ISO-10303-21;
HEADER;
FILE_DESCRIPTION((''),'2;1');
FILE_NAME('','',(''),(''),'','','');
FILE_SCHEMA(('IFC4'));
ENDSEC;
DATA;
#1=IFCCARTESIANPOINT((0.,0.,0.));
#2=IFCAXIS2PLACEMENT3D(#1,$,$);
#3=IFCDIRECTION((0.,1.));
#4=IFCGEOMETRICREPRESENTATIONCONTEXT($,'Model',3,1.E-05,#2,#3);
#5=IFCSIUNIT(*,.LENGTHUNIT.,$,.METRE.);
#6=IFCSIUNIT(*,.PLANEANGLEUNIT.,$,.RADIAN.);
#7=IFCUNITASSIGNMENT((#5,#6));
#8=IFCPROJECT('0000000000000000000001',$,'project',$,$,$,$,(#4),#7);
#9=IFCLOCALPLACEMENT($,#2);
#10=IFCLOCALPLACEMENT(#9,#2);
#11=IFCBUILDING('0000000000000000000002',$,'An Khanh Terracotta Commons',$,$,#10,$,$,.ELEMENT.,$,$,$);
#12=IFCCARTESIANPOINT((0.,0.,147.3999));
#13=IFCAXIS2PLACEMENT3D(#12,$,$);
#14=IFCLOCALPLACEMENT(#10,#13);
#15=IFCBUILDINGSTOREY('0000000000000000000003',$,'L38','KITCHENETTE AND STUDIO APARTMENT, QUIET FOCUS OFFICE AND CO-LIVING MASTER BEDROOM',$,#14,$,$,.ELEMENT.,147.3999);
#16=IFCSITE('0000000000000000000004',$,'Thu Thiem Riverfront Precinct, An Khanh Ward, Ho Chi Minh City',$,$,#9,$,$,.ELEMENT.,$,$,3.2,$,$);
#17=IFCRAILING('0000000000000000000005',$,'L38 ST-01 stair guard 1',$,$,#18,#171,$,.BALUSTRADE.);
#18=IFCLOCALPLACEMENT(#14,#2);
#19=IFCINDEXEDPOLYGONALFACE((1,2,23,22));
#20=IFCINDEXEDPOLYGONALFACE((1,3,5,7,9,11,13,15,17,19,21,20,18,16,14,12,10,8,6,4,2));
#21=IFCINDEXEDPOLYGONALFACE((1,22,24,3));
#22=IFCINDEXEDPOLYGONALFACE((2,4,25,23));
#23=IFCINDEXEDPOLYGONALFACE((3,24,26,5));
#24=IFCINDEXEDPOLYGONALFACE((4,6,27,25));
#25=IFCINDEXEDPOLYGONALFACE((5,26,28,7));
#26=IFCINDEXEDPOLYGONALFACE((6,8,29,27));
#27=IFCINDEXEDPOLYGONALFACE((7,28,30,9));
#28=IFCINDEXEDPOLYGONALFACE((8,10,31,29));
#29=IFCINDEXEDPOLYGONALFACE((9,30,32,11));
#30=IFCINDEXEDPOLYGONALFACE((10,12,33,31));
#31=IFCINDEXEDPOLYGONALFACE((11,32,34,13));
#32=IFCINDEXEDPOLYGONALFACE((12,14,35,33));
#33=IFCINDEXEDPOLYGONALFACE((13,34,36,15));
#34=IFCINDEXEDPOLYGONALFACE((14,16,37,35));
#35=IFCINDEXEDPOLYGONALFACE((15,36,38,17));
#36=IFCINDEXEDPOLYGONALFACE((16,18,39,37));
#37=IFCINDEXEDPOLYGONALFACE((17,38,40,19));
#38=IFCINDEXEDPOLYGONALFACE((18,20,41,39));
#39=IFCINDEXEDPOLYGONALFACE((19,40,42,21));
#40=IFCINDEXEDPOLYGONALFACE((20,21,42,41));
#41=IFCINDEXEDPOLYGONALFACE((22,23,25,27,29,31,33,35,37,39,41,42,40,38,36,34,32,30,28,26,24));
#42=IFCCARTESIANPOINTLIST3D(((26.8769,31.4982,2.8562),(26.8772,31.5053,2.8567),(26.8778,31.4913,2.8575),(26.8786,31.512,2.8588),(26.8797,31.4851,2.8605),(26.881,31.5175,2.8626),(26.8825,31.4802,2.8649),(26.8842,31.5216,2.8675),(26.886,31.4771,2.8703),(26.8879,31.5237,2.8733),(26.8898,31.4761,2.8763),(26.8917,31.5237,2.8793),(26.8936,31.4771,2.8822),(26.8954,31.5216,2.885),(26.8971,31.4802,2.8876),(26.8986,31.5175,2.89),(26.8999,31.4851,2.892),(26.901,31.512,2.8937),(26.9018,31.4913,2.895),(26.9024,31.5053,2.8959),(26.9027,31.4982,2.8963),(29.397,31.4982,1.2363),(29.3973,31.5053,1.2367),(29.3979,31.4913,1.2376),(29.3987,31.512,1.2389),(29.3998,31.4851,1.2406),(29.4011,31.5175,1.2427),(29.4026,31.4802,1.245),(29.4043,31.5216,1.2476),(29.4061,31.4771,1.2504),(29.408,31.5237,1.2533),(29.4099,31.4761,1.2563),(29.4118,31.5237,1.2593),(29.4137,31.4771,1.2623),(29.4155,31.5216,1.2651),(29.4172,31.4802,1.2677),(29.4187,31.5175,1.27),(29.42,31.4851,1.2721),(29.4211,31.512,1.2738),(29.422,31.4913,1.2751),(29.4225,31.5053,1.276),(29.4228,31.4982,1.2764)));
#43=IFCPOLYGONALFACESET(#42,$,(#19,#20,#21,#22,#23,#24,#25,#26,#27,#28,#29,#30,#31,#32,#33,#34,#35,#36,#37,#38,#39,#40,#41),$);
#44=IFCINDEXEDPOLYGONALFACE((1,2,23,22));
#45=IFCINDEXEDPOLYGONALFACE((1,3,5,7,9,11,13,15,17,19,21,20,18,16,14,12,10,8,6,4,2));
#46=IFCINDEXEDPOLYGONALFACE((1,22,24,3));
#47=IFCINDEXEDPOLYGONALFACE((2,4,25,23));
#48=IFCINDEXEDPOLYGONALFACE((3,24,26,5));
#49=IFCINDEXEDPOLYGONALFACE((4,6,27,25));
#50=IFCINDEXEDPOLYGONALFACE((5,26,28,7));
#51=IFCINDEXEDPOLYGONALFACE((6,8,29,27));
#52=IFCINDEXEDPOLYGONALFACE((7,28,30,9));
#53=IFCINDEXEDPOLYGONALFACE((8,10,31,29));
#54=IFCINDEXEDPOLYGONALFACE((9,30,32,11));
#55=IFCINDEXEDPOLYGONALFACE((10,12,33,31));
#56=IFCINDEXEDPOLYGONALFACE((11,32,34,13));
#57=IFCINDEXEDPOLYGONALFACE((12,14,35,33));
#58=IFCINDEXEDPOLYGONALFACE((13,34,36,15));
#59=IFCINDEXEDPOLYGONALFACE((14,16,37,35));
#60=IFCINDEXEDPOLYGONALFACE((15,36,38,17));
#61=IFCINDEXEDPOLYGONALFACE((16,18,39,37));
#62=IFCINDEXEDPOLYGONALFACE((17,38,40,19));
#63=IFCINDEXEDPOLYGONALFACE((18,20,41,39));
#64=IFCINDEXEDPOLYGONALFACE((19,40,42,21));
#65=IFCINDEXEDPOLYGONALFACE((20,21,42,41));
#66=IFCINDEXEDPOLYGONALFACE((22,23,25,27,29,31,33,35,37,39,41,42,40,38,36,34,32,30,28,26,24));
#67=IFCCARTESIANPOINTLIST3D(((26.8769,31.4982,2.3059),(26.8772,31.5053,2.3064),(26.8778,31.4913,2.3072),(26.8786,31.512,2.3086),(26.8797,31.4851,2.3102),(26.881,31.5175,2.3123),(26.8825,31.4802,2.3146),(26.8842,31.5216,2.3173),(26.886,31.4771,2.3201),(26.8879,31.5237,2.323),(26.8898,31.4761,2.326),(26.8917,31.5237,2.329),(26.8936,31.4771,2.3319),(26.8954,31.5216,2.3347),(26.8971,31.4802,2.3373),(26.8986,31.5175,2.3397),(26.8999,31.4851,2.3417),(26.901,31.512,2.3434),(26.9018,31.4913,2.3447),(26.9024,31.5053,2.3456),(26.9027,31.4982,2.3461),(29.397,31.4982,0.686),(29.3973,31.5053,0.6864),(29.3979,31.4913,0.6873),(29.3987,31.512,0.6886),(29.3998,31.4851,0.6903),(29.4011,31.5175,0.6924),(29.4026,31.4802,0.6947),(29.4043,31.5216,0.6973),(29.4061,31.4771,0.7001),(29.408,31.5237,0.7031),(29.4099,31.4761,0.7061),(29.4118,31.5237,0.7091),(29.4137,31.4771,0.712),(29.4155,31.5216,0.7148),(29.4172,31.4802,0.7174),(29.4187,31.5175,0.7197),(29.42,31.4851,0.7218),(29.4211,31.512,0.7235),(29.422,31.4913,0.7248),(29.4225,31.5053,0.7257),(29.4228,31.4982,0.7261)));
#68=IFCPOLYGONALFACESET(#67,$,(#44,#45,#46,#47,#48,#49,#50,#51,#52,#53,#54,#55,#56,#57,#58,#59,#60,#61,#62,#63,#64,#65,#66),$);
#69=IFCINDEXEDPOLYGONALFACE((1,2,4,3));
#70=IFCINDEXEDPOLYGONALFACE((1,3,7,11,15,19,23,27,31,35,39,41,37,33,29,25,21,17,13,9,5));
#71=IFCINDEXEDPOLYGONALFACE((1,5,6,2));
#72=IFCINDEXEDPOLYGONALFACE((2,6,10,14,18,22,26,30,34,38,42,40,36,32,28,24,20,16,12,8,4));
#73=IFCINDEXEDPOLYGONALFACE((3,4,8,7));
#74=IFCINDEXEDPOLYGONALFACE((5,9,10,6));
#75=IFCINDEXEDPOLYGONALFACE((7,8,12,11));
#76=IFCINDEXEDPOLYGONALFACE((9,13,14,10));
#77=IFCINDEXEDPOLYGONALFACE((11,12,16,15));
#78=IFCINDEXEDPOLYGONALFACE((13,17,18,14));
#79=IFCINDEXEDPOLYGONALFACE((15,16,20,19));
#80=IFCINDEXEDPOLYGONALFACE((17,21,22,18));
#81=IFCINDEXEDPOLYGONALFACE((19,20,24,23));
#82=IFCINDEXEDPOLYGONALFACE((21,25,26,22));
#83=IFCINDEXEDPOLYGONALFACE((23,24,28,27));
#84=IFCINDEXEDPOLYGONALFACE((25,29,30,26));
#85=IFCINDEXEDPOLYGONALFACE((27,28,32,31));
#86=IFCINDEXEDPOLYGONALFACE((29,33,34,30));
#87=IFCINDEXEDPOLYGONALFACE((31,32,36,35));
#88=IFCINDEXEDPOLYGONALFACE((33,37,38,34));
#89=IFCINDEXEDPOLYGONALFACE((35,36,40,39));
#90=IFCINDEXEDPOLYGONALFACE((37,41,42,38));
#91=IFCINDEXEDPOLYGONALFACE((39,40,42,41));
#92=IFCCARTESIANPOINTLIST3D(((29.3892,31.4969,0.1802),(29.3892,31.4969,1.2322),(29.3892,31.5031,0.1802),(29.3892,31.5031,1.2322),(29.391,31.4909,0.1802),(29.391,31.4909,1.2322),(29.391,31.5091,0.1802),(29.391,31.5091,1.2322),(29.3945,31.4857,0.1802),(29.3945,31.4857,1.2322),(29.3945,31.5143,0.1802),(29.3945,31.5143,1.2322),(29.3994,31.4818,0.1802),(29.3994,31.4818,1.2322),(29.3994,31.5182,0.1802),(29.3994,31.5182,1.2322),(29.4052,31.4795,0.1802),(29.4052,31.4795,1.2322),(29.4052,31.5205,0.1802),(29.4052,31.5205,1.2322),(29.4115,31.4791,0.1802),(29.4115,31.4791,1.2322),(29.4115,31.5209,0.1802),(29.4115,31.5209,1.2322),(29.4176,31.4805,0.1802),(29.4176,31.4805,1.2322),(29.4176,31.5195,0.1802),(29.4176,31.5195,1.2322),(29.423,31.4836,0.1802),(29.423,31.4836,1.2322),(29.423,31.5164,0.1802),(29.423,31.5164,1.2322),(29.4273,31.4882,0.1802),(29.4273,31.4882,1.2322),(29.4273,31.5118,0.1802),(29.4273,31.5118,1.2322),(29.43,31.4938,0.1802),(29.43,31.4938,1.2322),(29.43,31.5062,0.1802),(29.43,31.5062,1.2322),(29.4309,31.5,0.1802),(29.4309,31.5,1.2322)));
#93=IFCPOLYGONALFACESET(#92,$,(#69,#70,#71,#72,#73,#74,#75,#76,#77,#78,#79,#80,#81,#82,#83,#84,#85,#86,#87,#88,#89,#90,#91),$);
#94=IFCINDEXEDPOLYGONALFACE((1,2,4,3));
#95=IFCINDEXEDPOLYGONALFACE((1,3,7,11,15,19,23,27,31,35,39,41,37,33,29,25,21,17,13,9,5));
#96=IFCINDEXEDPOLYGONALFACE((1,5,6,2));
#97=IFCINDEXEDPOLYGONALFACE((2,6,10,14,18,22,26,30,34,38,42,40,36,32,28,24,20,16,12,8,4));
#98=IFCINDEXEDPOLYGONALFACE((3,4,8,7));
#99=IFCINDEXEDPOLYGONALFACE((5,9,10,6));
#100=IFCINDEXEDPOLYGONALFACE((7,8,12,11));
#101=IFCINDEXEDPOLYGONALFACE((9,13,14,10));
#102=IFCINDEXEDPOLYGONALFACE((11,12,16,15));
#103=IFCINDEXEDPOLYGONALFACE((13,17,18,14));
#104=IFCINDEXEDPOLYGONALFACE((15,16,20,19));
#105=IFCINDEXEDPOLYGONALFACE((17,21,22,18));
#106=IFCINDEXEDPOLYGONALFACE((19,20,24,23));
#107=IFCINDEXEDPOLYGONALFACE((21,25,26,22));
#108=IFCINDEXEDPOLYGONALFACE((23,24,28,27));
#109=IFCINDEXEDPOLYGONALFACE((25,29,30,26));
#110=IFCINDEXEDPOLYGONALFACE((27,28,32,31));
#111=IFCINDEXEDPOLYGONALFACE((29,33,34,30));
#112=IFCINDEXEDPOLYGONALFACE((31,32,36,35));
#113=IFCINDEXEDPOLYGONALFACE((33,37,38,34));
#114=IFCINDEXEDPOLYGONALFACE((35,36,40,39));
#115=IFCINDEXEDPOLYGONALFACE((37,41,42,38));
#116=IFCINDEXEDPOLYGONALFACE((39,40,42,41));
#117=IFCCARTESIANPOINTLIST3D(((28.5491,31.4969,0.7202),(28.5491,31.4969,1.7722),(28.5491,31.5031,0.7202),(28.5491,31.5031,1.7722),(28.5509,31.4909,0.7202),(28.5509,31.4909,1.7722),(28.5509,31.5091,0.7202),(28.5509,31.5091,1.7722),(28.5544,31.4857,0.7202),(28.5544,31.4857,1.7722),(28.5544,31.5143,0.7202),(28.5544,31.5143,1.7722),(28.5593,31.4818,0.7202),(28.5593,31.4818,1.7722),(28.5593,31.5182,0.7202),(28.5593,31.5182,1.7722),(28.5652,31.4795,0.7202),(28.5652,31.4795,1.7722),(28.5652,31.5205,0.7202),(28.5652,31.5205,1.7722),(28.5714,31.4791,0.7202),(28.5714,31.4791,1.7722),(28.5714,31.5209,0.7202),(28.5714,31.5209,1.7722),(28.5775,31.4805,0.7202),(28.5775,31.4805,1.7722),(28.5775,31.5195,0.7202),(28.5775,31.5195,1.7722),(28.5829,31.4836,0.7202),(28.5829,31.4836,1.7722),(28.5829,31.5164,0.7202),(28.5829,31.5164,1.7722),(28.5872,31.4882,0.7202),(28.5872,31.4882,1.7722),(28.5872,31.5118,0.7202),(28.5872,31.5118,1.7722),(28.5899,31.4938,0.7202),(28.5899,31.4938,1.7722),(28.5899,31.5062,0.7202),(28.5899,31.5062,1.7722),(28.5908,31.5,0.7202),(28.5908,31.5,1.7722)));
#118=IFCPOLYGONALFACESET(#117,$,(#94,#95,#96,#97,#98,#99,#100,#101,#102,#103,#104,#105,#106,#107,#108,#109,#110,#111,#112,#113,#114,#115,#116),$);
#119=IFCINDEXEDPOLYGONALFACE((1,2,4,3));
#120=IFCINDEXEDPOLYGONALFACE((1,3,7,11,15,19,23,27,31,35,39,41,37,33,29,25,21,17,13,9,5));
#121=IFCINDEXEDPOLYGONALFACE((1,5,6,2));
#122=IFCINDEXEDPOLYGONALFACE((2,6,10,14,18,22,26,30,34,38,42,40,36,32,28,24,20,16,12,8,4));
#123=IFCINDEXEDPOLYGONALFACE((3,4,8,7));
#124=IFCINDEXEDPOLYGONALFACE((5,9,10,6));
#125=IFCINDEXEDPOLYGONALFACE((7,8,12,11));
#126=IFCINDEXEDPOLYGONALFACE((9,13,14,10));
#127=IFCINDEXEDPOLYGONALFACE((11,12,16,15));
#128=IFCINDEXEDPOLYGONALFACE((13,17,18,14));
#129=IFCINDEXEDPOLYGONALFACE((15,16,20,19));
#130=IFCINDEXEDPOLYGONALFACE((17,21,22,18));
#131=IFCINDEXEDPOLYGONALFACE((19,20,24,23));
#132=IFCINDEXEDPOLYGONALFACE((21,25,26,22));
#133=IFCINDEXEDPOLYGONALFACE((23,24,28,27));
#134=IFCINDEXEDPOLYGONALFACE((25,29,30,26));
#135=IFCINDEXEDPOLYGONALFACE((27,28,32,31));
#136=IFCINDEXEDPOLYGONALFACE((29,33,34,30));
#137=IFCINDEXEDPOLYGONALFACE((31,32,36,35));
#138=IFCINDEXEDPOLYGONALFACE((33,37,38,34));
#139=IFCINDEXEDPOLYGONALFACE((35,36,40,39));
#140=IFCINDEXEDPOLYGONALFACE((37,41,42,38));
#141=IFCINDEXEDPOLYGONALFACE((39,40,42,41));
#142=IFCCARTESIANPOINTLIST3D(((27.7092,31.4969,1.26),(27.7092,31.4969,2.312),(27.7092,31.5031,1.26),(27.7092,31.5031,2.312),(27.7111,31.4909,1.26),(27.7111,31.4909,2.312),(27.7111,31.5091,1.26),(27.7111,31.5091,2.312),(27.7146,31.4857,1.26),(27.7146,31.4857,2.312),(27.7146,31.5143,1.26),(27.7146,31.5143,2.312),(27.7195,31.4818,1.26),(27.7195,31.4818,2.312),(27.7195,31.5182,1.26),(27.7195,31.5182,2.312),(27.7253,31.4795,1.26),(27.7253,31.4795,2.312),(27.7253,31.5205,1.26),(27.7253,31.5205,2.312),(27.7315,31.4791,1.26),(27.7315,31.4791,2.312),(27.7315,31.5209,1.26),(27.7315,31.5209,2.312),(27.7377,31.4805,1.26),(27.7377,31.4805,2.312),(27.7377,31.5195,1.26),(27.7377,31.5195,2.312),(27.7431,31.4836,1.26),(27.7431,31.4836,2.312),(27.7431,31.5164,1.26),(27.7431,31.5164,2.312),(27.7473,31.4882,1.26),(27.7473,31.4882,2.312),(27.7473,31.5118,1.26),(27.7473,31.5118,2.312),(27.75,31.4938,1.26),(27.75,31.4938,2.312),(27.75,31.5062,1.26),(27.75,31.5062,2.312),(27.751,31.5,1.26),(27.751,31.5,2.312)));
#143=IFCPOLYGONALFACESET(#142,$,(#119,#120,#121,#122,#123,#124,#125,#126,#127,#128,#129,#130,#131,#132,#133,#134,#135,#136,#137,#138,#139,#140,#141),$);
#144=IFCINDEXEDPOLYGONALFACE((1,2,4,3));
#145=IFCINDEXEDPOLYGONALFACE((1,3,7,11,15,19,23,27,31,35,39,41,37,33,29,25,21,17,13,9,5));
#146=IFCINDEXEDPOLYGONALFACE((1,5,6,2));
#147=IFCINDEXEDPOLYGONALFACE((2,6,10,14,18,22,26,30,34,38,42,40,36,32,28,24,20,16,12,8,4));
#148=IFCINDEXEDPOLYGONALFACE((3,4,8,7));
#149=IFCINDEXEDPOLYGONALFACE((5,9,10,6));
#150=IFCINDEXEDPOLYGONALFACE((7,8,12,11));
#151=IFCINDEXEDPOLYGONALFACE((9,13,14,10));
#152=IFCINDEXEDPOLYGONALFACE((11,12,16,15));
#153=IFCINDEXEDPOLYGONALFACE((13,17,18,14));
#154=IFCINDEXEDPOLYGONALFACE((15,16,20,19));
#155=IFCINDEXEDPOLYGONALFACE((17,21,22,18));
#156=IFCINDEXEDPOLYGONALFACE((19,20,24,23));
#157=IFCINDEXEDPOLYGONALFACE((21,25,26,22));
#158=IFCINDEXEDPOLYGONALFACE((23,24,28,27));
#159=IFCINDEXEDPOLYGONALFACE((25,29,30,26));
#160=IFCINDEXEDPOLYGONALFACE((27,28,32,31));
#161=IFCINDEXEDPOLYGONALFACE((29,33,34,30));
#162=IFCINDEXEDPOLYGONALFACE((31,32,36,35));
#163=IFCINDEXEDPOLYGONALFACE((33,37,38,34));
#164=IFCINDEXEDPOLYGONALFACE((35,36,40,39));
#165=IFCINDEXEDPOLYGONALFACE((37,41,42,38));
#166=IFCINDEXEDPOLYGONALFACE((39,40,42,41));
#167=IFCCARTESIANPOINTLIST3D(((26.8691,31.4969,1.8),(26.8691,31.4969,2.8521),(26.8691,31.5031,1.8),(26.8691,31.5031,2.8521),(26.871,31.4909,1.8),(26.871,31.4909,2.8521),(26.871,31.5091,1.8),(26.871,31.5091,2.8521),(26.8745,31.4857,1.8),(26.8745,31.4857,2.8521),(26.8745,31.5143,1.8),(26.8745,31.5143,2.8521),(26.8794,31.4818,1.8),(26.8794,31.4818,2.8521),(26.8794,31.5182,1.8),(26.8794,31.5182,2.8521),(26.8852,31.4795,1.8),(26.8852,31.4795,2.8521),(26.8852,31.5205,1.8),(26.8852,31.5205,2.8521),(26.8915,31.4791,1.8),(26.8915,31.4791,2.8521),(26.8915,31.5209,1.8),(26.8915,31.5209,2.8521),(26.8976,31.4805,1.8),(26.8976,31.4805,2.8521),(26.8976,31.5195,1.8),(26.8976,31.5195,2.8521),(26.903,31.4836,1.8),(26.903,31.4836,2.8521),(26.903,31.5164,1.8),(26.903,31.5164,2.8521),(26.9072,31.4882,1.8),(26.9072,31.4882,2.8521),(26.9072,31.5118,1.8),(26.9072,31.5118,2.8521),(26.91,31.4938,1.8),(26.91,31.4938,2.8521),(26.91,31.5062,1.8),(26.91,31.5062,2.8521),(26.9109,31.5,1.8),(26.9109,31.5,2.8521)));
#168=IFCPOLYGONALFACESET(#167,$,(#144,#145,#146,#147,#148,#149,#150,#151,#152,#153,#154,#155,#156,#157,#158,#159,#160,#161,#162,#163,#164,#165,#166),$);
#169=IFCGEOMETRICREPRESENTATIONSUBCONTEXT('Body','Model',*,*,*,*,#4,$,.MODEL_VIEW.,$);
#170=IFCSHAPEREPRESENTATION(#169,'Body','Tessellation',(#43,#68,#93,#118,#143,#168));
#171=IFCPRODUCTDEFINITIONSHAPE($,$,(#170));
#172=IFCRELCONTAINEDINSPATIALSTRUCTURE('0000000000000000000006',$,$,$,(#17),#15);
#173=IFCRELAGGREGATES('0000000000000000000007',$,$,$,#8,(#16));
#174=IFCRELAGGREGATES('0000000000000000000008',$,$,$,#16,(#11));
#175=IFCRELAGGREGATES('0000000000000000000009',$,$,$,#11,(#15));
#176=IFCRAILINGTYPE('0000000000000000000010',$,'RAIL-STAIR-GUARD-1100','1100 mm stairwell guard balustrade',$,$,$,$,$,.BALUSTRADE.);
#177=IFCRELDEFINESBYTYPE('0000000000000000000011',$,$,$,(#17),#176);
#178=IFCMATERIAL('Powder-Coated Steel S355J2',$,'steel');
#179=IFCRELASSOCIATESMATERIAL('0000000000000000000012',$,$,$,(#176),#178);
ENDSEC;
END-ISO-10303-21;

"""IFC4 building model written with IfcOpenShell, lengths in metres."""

from ifc_helpers import new_model, si_unit, direction, frame, origin, origin_2d, place, context, subcontext, project, spatial, circle, extrude, material, type_object, element, save


model = new_model("IFC4")

# Units and contexts
model_context = context("Model", 3, precision=1e-05, world=origin(), true_north=direction((0.0, 1.0)))
body_context = subcontext(model_context, "Body", "Model", "MODEL_VIEW")
ifc_project = project(units=[si_unit("LENGTHUNIT", "METRE"), si_unit("PLANEANGLEUNIT", "RADIAN")], contexts=[model_context])

# Site, building, storey
site_placement = place(None, origin())
site = spatial("IfcSite", under=ifc_project, at=site_placement, Name="Thu Thiem Riverfront Precinct, An Khanh Ward, Ho Chi Minh City", CompositionType="ELEMENT", RefElevation=3.2)
building_placement = place(site_placement, origin())
building = spatial("IfcBuilding", under=site, at=building_placement, Name="An Khanh Terracotta Commons", CompositionType="ELEMENT")
storey_placement = place(building_placement, frame((0.0, 0.0, 147.3999)))
storey = spatial("IfcBuildingStorey", under=building, at=storey_placement, Name="L38", Description="KITCHENETTE AND STUDIO APARTMENT, QUIET FOCUS OFFICE AND CO-LIVING MASTER BEDROOM", CompositionType="ELEMENT", Elevation=147.3999)

# Railing
ifc_material_1 = material(Name="Powder-Coated Steel S355J2", Category="steel")
railing_type_1 = type_object("IfcRailingType", Name="RAIL-STAIR-GUARD-1100", Description="1100 mm stairwell guard balustrade", PredefinedType="BALUSTRADE", material=ifc_material_1)
railing_1_placement = place(storey_placement, frame((29.4099, 31.5, 0.1802)))
element("IfcRailing", 1, at=railing_1_placement, inside=storey, type_object=railing_type_1, Name="L38 ST-01 stair guard 1", PredefinedType="BALUSTRADE", context=body_context, shape_type="SweptSolid", body=[
    extrude(circle(Radius=0.0239, at=origin_2d()), frame((0.0, 0.0, 1.0762), z_axis=(-0.8412, 0.0, 0.540725), x_axis=(0.0, -1.0, 0.0)), (0.0, 0.0, 1.0), 2.9958),
    extrude(circle(Radius=0.0239, at=origin_2d()), frame((0.0, 0.0, 0.5259), z_axis=(-0.8412, 0.0, 0.540725), x_axis=(0.0, -1.0, 0.0)), (0.0, 0.0, 1.0), 2.9958),
    extrude(circle(Radius=0.021, at=origin_2d()), origin(), (0.0, 0.0, 1.0), 1.052),
    extrude(circle(Radius=0.021, at=origin_2d()), frame((-0.8401, 0.0, 0.54)), (0.0, 0.0, 1.0), 1.052),
    extrude(circle(Radius=0.021, at=origin_2d()), frame((-1.6799, 0.0, 1.0798)), (0.0, 0.0, 1.0), 1.052),
    extrude(circle(Radius=0.021, at=origin_2d()), frame((-2.52, 0.0, 1.6199)), (0.0, 0.0, 1.0), 1.052),
])

save(model, "model.ifc")
